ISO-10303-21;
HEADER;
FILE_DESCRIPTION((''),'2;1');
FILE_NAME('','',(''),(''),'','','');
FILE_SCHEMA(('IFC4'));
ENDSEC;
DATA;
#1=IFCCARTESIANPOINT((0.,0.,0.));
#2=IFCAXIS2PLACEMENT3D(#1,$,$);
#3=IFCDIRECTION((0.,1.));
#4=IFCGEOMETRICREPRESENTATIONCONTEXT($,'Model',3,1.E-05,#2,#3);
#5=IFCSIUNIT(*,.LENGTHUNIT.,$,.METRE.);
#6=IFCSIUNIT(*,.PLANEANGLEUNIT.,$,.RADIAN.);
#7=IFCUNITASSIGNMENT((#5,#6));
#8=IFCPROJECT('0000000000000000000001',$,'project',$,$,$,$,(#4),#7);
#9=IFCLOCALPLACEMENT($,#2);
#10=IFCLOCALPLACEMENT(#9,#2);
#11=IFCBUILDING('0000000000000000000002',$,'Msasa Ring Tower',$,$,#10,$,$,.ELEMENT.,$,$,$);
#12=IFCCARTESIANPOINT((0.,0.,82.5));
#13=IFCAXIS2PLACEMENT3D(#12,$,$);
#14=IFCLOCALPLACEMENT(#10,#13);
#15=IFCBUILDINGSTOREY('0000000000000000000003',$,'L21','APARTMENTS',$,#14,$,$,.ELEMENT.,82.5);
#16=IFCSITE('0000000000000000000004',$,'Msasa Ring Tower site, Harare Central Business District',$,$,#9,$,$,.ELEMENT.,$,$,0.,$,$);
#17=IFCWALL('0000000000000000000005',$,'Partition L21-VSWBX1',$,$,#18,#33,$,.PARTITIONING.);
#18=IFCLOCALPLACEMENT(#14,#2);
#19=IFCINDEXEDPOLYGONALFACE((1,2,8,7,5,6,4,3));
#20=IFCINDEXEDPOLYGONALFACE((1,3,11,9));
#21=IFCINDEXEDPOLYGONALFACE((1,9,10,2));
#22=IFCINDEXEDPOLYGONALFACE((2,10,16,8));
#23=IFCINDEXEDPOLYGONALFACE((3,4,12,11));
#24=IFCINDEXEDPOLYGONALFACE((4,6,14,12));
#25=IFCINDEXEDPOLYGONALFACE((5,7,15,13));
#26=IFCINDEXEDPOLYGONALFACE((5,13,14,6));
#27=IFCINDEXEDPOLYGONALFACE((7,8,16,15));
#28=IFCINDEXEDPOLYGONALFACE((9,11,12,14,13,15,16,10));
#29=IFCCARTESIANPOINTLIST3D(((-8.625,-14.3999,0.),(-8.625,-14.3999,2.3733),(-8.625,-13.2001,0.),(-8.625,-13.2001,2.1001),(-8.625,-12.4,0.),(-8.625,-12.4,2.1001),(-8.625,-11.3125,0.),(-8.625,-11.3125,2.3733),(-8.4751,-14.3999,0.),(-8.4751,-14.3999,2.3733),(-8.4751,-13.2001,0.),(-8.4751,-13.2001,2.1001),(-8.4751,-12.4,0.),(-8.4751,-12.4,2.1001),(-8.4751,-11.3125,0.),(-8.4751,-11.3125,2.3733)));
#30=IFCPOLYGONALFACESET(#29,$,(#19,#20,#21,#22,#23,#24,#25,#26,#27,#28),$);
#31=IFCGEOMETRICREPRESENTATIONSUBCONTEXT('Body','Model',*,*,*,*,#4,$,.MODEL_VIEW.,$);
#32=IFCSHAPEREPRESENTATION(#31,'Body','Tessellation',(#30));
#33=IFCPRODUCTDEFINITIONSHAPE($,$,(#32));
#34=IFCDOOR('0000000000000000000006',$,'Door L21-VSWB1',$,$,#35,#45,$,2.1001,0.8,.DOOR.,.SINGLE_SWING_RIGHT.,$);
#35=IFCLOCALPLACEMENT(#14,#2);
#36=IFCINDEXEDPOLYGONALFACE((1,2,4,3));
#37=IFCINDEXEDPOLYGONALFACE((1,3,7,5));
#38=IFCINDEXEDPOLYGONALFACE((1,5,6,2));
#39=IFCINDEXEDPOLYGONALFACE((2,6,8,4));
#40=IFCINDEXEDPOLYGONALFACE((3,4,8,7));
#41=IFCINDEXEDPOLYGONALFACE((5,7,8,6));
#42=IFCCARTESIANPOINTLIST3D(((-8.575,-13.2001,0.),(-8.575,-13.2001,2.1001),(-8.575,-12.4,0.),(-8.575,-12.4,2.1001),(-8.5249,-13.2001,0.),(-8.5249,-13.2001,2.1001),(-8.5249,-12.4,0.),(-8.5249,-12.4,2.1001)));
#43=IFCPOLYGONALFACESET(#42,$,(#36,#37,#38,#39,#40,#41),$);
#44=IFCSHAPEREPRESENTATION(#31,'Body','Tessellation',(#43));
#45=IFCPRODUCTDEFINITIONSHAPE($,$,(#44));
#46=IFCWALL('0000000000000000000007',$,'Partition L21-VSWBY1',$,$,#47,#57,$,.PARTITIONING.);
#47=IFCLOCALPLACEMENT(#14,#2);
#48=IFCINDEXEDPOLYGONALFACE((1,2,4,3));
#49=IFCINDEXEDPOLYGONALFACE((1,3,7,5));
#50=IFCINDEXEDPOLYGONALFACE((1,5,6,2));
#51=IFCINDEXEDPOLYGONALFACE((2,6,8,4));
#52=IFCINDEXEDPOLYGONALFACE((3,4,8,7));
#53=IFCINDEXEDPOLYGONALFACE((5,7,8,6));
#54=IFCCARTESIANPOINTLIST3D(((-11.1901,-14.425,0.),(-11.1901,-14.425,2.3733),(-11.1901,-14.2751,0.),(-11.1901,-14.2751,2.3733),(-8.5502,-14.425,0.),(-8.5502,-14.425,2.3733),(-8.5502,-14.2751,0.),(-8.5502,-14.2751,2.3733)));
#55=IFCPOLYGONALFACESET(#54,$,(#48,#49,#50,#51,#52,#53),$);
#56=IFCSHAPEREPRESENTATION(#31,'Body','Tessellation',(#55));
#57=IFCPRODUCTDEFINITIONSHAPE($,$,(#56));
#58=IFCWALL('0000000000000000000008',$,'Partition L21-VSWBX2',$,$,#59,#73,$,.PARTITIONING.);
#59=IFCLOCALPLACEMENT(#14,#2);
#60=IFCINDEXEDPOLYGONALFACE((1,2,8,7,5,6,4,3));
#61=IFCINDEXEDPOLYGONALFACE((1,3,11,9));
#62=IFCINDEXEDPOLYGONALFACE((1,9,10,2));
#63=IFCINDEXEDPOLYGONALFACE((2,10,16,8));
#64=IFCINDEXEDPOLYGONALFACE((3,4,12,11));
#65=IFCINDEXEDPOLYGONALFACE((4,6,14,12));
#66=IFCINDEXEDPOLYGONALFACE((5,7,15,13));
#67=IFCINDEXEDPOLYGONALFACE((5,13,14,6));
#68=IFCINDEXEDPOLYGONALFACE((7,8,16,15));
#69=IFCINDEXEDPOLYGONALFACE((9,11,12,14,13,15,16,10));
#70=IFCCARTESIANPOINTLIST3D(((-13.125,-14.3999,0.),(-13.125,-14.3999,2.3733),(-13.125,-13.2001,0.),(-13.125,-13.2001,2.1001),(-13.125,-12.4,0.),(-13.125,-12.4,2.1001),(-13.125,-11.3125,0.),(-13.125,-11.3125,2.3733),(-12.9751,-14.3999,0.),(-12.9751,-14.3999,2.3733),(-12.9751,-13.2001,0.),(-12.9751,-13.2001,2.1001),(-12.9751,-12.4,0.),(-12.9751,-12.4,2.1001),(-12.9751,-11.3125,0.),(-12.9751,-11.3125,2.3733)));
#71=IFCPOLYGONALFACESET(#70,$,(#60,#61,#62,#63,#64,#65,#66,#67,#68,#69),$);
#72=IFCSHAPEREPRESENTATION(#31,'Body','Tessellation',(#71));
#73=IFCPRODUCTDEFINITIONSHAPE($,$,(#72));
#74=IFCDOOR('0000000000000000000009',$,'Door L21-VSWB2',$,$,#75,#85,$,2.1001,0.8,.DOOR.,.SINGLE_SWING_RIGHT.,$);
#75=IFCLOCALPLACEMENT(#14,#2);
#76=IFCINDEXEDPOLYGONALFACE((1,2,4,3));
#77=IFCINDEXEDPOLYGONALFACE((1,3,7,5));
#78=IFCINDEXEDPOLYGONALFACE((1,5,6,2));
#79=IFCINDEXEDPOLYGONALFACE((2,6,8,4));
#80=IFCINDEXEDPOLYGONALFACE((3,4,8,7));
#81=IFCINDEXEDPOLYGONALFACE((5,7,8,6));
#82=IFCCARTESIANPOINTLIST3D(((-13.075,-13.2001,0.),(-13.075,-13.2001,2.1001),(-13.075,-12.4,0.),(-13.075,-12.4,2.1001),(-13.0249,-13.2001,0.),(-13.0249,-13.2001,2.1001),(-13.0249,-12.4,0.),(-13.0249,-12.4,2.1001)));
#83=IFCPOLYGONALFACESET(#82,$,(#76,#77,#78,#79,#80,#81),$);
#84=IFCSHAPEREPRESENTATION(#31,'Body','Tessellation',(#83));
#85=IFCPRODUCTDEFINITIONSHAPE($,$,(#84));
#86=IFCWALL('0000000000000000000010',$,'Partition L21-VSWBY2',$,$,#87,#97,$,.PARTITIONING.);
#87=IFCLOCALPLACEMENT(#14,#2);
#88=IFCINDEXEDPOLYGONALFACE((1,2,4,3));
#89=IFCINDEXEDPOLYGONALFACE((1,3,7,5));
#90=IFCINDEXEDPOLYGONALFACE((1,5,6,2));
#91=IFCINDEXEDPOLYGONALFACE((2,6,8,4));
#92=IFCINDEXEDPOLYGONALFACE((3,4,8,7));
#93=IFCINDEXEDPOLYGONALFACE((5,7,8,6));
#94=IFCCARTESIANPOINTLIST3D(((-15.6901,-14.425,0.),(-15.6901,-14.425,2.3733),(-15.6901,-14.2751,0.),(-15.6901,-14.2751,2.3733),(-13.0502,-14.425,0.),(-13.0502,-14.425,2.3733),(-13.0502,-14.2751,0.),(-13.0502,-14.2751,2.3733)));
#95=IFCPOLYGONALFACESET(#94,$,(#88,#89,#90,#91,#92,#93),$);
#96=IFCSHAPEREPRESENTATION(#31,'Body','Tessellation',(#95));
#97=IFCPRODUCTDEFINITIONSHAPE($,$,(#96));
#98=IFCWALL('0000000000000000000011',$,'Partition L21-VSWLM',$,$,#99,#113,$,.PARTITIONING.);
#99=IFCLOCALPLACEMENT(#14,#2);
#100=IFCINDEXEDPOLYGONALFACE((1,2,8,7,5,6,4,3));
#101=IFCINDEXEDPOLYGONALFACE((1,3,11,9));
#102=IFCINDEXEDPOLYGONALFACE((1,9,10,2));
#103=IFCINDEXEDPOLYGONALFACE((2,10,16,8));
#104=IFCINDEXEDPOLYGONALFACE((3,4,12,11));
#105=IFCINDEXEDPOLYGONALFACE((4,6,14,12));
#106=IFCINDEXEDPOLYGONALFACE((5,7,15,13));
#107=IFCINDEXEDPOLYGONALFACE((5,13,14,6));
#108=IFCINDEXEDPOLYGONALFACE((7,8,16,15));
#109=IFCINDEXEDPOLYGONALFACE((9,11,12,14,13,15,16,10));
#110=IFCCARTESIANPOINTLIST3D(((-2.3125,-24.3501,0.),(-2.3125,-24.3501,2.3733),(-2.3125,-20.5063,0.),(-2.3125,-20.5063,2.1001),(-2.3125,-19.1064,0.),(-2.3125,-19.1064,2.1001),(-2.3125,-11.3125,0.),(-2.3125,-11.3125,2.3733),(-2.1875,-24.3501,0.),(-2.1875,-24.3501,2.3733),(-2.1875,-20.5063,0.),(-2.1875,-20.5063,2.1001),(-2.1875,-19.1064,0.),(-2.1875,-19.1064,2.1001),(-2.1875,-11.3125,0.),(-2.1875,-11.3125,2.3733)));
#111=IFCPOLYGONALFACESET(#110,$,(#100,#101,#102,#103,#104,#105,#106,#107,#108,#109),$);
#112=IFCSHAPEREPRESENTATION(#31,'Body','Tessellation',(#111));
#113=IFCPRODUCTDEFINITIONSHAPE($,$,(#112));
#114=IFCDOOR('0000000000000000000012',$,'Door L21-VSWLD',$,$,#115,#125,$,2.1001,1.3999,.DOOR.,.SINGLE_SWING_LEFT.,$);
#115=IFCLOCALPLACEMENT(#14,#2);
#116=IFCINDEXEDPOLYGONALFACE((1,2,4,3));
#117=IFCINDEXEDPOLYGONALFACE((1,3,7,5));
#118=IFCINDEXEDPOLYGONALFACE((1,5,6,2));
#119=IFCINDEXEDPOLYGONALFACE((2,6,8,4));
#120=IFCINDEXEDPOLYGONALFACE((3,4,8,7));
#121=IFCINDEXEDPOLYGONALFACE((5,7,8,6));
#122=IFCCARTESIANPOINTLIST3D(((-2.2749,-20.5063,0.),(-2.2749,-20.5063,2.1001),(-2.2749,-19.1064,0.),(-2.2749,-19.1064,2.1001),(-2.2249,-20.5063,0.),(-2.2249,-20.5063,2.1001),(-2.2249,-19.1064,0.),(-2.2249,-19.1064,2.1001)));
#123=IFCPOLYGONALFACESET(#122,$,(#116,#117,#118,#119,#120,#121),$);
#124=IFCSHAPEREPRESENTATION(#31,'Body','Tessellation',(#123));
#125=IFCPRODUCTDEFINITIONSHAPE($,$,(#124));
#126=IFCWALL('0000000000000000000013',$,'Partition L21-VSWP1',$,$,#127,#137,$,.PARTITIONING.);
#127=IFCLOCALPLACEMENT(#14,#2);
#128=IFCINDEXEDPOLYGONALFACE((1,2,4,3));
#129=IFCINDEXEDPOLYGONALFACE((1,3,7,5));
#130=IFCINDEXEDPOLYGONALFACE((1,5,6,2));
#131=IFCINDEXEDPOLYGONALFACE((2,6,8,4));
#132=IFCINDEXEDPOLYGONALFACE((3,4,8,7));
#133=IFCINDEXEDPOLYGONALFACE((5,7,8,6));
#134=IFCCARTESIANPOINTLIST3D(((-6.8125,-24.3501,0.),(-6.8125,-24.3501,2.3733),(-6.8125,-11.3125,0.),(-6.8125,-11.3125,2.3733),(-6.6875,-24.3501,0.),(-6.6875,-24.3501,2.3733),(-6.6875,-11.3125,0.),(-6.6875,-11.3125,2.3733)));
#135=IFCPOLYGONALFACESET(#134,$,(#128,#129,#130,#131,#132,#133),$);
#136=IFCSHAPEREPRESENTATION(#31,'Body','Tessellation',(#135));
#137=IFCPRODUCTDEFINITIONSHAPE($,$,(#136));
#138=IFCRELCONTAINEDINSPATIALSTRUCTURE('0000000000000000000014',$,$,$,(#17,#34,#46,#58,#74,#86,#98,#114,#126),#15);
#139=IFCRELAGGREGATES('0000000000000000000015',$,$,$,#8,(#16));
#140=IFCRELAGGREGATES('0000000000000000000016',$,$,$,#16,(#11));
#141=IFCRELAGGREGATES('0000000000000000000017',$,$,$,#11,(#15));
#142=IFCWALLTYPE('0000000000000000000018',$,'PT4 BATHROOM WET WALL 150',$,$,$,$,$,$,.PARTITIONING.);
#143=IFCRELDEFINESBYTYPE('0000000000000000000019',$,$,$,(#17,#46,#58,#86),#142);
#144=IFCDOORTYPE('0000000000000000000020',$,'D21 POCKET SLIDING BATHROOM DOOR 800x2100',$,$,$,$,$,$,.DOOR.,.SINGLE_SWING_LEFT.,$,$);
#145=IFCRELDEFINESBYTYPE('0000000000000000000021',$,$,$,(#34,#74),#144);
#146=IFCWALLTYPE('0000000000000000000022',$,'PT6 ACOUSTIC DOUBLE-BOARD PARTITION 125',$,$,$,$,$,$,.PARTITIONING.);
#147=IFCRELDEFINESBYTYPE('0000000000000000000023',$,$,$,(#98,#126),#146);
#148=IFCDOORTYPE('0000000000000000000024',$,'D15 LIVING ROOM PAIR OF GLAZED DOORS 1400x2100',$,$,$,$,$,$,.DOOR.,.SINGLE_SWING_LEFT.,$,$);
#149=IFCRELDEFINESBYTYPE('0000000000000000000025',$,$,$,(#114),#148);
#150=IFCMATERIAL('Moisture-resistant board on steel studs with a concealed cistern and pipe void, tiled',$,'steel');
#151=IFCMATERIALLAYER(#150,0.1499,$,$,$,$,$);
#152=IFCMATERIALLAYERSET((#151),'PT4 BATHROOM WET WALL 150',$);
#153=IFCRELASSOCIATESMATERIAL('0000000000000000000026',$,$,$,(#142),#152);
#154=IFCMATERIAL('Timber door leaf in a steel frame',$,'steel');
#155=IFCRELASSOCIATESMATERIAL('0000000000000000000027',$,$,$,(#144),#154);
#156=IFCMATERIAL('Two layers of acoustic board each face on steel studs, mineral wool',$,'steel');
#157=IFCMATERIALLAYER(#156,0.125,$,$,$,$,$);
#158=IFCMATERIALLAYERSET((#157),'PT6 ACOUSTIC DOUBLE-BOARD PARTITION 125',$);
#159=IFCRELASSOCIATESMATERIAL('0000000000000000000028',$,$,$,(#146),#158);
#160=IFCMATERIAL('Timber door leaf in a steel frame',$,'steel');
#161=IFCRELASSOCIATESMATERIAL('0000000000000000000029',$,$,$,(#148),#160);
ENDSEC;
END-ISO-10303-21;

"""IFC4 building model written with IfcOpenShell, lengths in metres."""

from ifc_helpers import new_model, si_unit, direction, frame, frame_2d, origin, place, context, subcontext, project, spatial, rectangle, extrude, material, layer, layer_set, type_object, element, fill, save


model = new_model("IFC4")

# Units and contexts
model_context = context("Model", 3, precision=1e-05, world=origin(), true_north=direction((0.0, 1.0)))
body_context = subcontext(model_context, "Body", "Model", "MODEL_VIEW")
ifc_project = project(units=[si_unit("LENGTHUNIT", "METRE"), si_unit("PLANEANGLEUNIT", "RADIAN")], contexts=[model_context])

# Site, building, storey
site_placement = place(None, origin())
site = spatial("IfcSite", under=ifc_project, at=site_placement, Name="Msasa Ring Tower site, Harare Central Business District", CompositionType="ELEMENT", RefElevation=0.0)
building_placement = place(site_placement, origin())
building = spatial("IfcBuilding", under=site, at=building_placement, Name="Msasa Ring Tower", CompositionType="ELEMENT")
storey_placement = place(building_placement, frame((0.0, 0.0, 82.5)))
storey = spatial("IfcBuildingStorey", under=building, at=storey_placement, Name="L21", Description="APARTMENTS", CompositionType="ELEMENT", Elevation=82.5)

# Wall, opening, door
ifc_material_1 = material(Name="Moisture-resistant board on steel studs with a concealed cistern and pipe void, tiled", Category="steel")
ifc_layer_1 = layer(ifc_material_1, 0.1499)
ifc_layer_set_1 = layer_set([ifc_layer_1], Name="PT4 BATHROOM WET WALL 150")
wall_type_1 = type_object("IfcWallType", Name="PT4 BATHROOM WET WALL 150", PredefinedType="PARTITIONING", material=ifc_layer_set_1)
wall_1_placement = place(storey_placement, frame((-8.55, -14.3999, 0.0), z_axis=(0.0, 0.0, 1.0), x_axis=(0.0, 1.0, 0.0)))
wall_1 = element("IfcWall", 1, at=wall_1_placement, inside=storey, type_object=wall_type_1, Name="Partition L21-VSWBX1", PredefinedType="PARTITIONING", context=body_context, shape_type="SweptSolid", body=[
    extrude(rectangle(XDim=3.0874, YDim=0.1499, at=frame_2d((1.5437, 0.0))), origin(), (0.0, 0.0, 1.0), 2.3733),
])
opening_1_placement = place(wall_1_placement, frame((1.2, 0.0, 0.0)))
opening_1 = element("IfcOpeningElement", 2, at=opening_1_placement, cuts=wall_1, PredefinedType="OPENING", context=body_context, shape_type="SweptSolid", body=[
    extrude(rectangle(XDim=0.8, YDim=2.1001, at=frame_2d((0.3999, 1.05))), frame((0.0, 0.085, 0.0), z_axis=(0.0, -1.0, 0.0), x_axis=(1.0, 0.0, 0.0)), (0.0, 0.0, 1.0), 0.1699),
])
ifc_material_2 = material(Name="Timber door leaf in a steel frame", Category="steel")
door_type_1 = type_object("IfcDoorType", Name="D21 POCKET SLIDING BATHROOM DOOR 800x2100", OperationType="SINGLE_SWING_LEFT", PredefinedType="DOOR", material=ifc_material_2)
door_1_placement = place(opening_1_placement, origin())
door_1 = element("IfcDoor", 3, at=door_1_placement, inside=storey, type_object=door_type_1, Name="Door L21-VSWB1", OperationType="SINGLE_SWING_RIGHT", OverallHeight=2.1001, OverallWidth=0.8, PredefinedType="DOOR", context=body_context, shape_type="SweptSolid", body=[
    extrude(rectangle(XDim=0.8, YDim=2.1001, at=frame_2d((0.3999, 1.05))), frame((0.0, 0.0249, 0.0), z_axis=(0.0, -1.0, 0.0), x_axis=(1.0, 0.0, 0.0)), (0.0, 0.0, 1.0), 0.05),
])
fill(opening_1, door_1)

# Wall
wall_2_placement = place(storey_placement, frame((-11.1899, -14.3501, 0.0), z_axis=(0.0, 0.0, 1.0), x_axis=(1.0, 0.0, 0.0)))
element("IfcWall", 4, at=wall_2_placement, inside=storey, type_object=wall_type_1, Name="Partition L21-VSWBY1", PredefinedType="PARTITIONING", context=body_context, shape_type="SweptSolid", body=[
    extrude(rectangle(XDim=2.6399, YDim=0.1499, at=frame_2d((1.3198, 0.0))), origin(), (0.0, 0.0, 1.0), 2.3733),
])

# Wall, opening, door
wall_3_placement = place(storey_placement, frame((-13.05, -14.3999, 0.0), z_axis=(0.0, 0.0, 1.0), x_axis=(0.0, 1.0, 0.0)))
wall_3 = element("IfcWall", 5, at=wall_3_placement, inside=storey, type_object=wall_type_1, Name="Partition L21-VSWBX2", PredefinedType="PARTITIONING", context=body_context, shape_type="SweptSolid", body=[
    extrude(rectangle(XDim=3.0874, YDim=0.1499, at=frame_2d((1.5437, 0.0))), origin(), (0.0, 0.0, 1.0), 2.3733),
])
opening_2_placement = place(wall_3_placement, frame((1.2, 0.0, 0.0)))
opening_2 = element("IfcOpeningElement", 6, at=opening_2_placement, cuts=wall_3, PredefinedType="OPENING", context=body_context, shape_type="SweptSolid", body=[
    extrude(rectangle(XDim=0.8, YDim=2.1001, at=frame_2d((0.3999, 1.05))), frame((0.0, 0.085, 0.0), z_axis=(0.0, -1.0, 0.0), x_axis=(1.0, 0.0, 0.0)), (0.0, 0.0, 1.0), 0.1699),
])
door_2_placement = place(opening_2_placement, origin())
door_2 = element("IfcDoor", 7, at=door_2_placement, inside=storey, type_object=door_type_1, Name="Door L21-VSWB2", OperationType="SINGLE_SWING_RIGHT", OverallHeight=2.1001, OverallWidth=0.8, PredefinedType="DOOR", context=body_context, shape_type="SweptSolid", body=[
    extrude(rectangle(XDim=0.8, YDim=2.1001, at=frame_2d((0.3999, 1.05))), frame((0.0, 0.0249, 0.0), z_axis=(0.0, -1.0, 0.0), x_axis=(1.0, 0.0, 0.0)), (0.0, 0.0, 1.0), 0.05),
])
fill(opening_2, door_2)

# Wall
wall_4_placement = place(storey_placement, frame((-15.6899, -14.3501, 0.0), z_axis=(0.0, 0.0, 1.0), x_axis=(1.0, 0.0, 0.0)))
element("IfcWall", 8, at=wall_4_placement, inside=storey, type_object=wall_type_1, Name="Partition L21-VSWBY2", PredefinedType="PARTITIONING", context=body_context, shape_type="SweptSolid", body=[
    extrude(rectangle(XDim=2.6399, YDim=0.1499, at=frame_2d((1.3198, 0.0))), origin(), (0.0, 0.0, 1.0), 2.3733),
])

# Wall, opening, door
ifc_material_3 = material(Name="Two layers of acoustic board each face on steel studs, mineral wool", Category="steel")
ifc_layer_2 = layer(ifc_material_3, 0.125)
ifc_layer_set_2 = layer_set([ifc_layer_2], Name="PT6 ACOUSTIC DOUBLE-BOARD PARTITION 125")
wall_type_2 = type_object("IfcWallType", Name="PT6 ACOUSTIC DOUBLE-BOARD PARTITION 125", PredefinedType="PARTITIONING", material=ifc_layer_set_2)
wall_5_placement = place(storey_placement, frame((-2.25, -24.3501, 0.0), z_axis=(0.0, 0.0, 1.0), x_axis=(0.0, 1.0, 0.0)))
wall_5 = element("IfcWall", 9, at=wall_5_placement, inside=storey, type_object=wall_type_2, Name="Partition L21-VSWLM", PredefinedType="PARTITIONING", context=body_context, shape_type="SweptSolid", body=[
    extrude(rectangle(XDim=13.0376, YDim=0.125, at=frame_2d((6.5188, 0.0))), origin(), (0.0, 0.0, 1.0), 2.3733),
])
opening_3_placement = place(wall_5_placement, frame((3.8438, 0.0, 0.0)))
opening_3 = element("IfcOpeningElement", 10, at=opening_3_placement, cuts=wall_5, PredefinedType="OPENING", context=body_context, shape_type="SweptSolid", body=[
    extrude(rectangle(XDim=1.3999, YDim=2.1001, at=frame_2d((0.7, 1.05))), frame((0.0, 0.0725, 0.0), z_axis=(0.0, -1.0, 0.0), x_axis=(1.0, 0.0, 0.0)), (0.0, 0.0, 1.0), 0.145),
])
ifc_material_4 = material(Name="Timber door leaf in a steel frame", Category="steel")
door_type_2 = type_object("IfcDoorType", Name="D15 LIVING ROOM PAIR OF GLAZED DOORS 1400x2100", OperationType="SINGLE_SWING_LEFT", PredefinedType="DOOR", material=ifc_material_4)
door_3_placement = place(opening_3_placement, origin())
door_3 = element("IfcDoor", 11, at=door_3_placement, inside=storey, type_object=door_type_2, Name="Door L21-VSWLD", OperationType="SINGLE_SWING_LEFT", OverallHeight=2.1001, OverallWidth=1.3999, PredefinedType="DOOR", context=body_context, shape_type="SweptSolid", body=[
    extrude(rectangle(XDim=1.3999, YDim=2.1001, at=frame_2d((0.7, 1.05))), frame((0.0, 0.0249, 0.0), z_axis=(0.0, -1.0, 0.0), x_axis=(1.0, 0.0, 0.0)), (0.0, 0.0, 1.0), 0.05),
])
fill(opening_3, door_3)

# Wall
wall_6_placement = place(storey_placement, frame((-6.75, -24.3501, 0.0), z_axis=(0.0, 0.0, 1.0), x_axis=(0.0, 1.0, 0.0)))
element("IfcWall", 12, at=wall_6_placement, inside=storey, type_object=wall_type_2, Name="Partition L21-VSWP1", PredefinedType="PARTITIONING", context=body_context, shape_type="SweptSolid", body=[
    extrude(rectangle(XDim=13.0376, YDim=0.125, at=frame_2d((6.5188, 0.0))), origin(), (0.0, 0.0, 1.0), 2.3733),
])

save(model, "model.ifc")
